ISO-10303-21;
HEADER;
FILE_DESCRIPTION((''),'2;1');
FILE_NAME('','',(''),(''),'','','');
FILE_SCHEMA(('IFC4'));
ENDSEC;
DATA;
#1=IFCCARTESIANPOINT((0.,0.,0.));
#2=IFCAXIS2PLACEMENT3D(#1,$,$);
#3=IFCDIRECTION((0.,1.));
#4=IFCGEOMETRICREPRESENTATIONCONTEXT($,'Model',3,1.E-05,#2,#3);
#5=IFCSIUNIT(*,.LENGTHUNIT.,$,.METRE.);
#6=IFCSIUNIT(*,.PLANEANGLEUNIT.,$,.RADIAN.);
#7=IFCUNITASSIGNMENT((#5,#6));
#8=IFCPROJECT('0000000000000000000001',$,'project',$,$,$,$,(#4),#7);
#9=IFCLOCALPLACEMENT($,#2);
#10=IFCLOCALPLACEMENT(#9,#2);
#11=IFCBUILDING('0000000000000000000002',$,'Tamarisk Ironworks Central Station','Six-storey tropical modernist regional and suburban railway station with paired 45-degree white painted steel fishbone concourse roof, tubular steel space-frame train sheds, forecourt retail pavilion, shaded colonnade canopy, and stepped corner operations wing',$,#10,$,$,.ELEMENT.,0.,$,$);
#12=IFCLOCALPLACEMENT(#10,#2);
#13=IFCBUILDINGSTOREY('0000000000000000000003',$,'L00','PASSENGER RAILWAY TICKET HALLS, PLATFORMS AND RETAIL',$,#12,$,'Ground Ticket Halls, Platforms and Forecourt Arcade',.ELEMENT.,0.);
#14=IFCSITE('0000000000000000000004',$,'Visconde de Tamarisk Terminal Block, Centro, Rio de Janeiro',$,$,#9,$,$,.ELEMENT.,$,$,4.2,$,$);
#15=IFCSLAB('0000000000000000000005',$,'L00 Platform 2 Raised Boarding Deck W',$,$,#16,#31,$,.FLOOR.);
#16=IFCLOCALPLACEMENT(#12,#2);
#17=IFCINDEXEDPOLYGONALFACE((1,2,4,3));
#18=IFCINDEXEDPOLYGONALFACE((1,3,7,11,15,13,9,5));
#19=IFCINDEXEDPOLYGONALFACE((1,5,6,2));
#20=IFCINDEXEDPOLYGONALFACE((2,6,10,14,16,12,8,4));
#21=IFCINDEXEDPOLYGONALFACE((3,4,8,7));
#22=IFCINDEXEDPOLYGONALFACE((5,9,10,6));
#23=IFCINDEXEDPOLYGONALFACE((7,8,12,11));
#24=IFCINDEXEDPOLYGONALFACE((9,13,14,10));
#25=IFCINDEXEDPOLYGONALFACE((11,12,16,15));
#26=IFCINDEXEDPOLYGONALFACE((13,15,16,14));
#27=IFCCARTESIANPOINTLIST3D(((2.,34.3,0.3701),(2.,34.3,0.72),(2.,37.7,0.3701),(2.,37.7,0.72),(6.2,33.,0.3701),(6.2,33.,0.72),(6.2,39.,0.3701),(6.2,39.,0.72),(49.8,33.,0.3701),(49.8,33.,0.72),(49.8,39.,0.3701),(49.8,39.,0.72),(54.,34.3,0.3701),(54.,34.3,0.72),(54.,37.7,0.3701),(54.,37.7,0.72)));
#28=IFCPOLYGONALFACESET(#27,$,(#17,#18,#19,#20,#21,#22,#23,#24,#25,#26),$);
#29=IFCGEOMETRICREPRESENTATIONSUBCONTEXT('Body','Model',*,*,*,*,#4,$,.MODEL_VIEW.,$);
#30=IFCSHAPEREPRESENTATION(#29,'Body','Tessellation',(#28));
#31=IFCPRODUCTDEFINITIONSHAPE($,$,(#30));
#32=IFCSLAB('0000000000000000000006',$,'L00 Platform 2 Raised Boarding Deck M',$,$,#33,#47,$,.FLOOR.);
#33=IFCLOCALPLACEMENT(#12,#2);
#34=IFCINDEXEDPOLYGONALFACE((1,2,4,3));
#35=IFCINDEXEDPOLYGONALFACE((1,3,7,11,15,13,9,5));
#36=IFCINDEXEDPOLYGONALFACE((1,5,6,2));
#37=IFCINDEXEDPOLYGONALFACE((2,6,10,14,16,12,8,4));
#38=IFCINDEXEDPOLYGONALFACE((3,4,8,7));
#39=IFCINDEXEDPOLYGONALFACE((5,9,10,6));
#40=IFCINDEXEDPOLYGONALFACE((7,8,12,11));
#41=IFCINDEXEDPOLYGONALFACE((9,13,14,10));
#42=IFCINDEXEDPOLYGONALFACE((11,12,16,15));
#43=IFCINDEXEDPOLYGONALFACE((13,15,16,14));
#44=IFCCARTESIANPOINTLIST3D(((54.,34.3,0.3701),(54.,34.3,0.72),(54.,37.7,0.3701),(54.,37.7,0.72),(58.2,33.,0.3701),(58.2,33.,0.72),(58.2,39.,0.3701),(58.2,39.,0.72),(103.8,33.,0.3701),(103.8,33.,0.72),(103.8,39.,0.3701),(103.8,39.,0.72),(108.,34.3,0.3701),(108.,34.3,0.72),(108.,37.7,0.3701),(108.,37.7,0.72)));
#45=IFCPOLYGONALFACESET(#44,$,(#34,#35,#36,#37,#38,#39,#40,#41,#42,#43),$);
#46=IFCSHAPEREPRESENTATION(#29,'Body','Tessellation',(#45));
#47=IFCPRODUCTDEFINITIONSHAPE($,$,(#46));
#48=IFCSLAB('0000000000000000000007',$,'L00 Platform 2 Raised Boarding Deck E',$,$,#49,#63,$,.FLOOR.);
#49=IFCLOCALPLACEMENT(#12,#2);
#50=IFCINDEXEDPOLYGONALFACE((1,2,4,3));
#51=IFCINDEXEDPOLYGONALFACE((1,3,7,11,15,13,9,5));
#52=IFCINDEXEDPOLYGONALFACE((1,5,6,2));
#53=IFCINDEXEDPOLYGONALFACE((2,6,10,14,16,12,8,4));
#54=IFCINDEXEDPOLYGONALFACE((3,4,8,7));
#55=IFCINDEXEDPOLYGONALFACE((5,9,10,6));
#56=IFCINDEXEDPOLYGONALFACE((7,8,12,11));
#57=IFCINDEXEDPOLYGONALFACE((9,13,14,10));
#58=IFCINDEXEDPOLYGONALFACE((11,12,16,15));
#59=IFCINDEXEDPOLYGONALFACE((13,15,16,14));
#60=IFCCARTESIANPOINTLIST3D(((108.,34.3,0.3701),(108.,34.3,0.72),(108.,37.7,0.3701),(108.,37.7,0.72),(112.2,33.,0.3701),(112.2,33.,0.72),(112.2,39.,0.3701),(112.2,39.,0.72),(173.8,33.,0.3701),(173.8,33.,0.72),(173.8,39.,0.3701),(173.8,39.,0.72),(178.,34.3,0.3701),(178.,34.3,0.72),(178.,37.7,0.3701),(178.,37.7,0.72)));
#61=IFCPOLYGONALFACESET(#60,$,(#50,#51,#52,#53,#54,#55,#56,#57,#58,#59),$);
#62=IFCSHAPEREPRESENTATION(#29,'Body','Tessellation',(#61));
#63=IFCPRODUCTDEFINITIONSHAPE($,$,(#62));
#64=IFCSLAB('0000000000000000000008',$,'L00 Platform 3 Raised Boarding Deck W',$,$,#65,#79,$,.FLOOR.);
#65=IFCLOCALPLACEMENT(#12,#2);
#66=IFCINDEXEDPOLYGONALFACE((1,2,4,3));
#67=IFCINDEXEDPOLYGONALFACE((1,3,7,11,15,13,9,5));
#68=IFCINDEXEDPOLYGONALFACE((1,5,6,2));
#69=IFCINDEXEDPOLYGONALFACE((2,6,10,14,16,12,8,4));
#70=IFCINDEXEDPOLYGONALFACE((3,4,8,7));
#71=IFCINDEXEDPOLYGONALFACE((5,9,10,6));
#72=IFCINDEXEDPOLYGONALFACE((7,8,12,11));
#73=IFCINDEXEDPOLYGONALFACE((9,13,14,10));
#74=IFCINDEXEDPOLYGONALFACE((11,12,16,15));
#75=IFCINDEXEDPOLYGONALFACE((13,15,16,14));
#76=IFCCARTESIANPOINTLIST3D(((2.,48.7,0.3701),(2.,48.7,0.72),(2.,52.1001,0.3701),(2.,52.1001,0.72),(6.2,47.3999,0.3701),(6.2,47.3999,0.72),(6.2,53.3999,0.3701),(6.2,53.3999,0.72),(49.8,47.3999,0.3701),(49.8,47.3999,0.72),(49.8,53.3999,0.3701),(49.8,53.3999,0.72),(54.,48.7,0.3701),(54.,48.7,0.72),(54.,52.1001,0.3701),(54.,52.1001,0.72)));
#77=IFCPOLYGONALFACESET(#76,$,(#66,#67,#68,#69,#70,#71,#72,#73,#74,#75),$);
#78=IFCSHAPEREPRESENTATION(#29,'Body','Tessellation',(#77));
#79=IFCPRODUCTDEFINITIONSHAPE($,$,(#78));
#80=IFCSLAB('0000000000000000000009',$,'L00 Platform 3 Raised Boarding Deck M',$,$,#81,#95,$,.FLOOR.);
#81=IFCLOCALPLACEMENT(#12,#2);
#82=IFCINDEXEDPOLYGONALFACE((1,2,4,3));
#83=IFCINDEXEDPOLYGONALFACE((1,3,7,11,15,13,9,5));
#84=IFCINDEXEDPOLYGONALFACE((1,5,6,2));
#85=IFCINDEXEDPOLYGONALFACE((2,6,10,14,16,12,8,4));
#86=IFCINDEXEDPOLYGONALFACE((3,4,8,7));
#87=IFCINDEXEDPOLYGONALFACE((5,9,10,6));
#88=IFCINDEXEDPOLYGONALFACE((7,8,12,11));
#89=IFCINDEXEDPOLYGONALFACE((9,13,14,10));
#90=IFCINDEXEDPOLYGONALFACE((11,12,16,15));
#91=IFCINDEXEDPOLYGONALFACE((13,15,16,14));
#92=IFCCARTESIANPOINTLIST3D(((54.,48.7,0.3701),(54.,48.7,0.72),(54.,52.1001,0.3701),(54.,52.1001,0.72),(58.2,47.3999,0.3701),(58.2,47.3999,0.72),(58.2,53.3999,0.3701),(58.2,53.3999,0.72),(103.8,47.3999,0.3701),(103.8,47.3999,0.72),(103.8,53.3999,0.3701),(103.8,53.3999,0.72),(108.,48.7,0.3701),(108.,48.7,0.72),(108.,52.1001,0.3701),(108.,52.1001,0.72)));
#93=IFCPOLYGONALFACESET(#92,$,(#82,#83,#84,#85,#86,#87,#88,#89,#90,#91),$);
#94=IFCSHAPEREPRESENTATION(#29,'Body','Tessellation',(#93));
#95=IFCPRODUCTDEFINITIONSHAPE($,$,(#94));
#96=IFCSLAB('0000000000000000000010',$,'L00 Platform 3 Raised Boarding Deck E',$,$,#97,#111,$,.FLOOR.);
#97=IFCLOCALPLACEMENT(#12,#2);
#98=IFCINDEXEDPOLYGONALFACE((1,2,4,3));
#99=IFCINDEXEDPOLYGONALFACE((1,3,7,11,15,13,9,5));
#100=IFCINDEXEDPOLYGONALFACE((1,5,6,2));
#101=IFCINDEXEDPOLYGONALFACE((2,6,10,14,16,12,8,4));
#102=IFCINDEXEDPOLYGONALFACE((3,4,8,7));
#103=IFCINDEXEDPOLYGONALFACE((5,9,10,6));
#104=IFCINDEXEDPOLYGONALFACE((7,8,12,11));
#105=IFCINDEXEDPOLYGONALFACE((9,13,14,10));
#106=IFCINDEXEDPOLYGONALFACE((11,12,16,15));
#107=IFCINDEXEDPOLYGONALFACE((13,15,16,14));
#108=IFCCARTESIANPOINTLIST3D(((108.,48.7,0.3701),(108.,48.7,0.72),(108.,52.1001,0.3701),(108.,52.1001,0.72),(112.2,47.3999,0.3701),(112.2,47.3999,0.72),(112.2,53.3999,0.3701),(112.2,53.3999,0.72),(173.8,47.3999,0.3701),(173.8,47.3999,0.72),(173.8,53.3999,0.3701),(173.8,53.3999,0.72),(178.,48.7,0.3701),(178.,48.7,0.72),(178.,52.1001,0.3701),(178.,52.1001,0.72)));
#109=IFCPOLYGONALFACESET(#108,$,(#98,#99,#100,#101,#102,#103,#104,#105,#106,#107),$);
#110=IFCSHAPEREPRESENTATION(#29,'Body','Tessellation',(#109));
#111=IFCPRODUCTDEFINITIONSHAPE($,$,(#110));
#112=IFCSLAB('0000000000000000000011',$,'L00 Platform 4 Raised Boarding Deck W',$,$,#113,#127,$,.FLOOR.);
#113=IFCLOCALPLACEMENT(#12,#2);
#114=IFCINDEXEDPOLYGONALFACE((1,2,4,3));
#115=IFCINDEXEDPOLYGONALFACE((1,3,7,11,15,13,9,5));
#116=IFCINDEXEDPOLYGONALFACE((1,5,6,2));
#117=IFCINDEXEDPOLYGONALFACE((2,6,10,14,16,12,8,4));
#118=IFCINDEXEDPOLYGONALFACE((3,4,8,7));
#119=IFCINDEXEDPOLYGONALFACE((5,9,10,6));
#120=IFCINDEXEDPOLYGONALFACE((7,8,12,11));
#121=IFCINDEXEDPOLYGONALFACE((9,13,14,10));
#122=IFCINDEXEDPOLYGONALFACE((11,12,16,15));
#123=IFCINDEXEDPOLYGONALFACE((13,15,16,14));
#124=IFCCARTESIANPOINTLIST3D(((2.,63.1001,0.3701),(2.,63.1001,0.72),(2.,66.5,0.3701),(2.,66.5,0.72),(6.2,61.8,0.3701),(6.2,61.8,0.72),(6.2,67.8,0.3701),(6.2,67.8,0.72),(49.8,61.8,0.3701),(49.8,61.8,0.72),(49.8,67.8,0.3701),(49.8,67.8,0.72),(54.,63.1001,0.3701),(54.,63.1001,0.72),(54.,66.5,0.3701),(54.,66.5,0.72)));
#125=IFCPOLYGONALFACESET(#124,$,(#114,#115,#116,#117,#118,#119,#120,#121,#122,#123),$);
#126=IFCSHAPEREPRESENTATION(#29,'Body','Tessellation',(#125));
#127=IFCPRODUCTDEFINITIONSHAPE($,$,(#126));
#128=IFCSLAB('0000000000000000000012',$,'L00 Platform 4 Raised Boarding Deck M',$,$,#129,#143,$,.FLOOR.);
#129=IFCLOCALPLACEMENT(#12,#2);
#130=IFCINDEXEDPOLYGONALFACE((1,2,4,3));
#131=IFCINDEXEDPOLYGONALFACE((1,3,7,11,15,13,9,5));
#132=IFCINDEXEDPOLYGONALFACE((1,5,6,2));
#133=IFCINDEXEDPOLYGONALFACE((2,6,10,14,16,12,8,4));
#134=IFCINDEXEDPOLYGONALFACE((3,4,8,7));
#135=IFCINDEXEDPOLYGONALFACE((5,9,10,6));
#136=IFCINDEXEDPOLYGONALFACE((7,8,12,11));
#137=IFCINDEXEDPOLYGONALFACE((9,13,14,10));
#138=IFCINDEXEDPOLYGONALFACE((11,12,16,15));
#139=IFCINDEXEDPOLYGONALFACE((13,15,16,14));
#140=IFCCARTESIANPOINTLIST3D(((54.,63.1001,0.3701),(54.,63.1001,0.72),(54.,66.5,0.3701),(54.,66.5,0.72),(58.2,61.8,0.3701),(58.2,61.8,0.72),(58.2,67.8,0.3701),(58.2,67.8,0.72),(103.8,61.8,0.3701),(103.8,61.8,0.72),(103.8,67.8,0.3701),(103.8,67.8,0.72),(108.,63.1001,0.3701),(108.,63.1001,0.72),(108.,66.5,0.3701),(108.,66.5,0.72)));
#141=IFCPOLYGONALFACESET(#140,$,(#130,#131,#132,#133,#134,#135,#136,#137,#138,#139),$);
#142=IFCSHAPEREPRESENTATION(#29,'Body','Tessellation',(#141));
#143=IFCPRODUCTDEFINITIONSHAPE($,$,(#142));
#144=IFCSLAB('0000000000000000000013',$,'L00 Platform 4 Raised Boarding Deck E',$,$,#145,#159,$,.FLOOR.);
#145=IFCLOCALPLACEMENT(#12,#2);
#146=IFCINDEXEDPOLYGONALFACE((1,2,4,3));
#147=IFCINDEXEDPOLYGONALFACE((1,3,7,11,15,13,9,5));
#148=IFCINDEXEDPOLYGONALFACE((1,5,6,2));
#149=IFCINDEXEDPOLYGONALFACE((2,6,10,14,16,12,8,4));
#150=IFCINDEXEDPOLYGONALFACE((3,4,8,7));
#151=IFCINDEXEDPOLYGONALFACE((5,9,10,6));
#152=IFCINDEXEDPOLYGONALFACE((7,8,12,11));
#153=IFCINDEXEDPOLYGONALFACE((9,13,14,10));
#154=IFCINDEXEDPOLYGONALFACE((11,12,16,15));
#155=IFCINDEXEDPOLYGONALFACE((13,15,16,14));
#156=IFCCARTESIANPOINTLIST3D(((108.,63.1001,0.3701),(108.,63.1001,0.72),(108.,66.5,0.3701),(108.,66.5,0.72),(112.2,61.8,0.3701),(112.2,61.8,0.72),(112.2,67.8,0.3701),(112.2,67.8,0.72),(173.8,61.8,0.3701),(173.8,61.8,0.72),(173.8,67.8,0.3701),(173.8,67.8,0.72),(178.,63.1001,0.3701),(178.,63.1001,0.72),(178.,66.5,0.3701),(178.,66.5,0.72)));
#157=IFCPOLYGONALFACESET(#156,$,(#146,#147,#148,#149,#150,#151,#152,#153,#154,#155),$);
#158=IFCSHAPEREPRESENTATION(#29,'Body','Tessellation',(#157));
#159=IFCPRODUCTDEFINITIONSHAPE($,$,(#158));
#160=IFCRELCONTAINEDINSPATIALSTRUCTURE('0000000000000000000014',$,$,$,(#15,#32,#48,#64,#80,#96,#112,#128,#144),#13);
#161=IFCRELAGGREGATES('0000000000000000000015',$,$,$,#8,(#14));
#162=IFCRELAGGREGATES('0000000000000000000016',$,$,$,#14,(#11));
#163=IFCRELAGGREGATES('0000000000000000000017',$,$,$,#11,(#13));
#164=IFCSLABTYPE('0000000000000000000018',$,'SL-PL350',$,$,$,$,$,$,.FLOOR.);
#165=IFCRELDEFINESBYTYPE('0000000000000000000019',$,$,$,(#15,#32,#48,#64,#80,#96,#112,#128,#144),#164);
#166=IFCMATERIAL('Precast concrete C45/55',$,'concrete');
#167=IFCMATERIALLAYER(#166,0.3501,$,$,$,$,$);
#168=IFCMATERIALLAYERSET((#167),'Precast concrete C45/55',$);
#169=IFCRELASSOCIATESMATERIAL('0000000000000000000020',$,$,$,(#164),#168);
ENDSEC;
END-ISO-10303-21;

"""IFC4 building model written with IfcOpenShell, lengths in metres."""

from ifc_helpers import new_model, si_unit, direction, frame, origin, place, context, subcontext, project, spatial, polyline, outline, extrude, material, layer, layer_set, type_object, element, save


model = new_model("IFC4")

# Units and contexts
model_context = context("Model", 3, precision=1e-05, world=origin(), true_north=direction((0.0, 1.0)))
body_context = subcontext(model_context, "Body", "Model", "MODEL_VIEW")
ifc_project = project(units=[si_unit("LENGTHUNIT", "METRE"), si_unit("PLANEANGLEUNIT", "RADIAN")], contexts=[model_context])

# Site, building, storey
site_placement = place(None, origin())
site = spatial("IfcSite", under=ifc_project, at=site_placement, Name="Visconde de Tamarisk Terminal Block, Centro, Rio de Janeiro", CompositionType="ELEMENT", RefElevation=4.2)
building_placement = place(site_placement, origin())
building = spatial("IfcBuilding", under=site, at=building_placement, Name="Tamarisk Ironworks Central Station", Description="Six-storey tropical modernist regional and suburban railway station with paired 45-degree white painted steel fishbone concourse roof, tubular steel space-frame train sheds, forecourt retail pavilion, shaded colonnade canopy, and stepped corner operations wing", CompositionType="ELEMENT", ElevationOfRefHeight=0.0)
storey_placement = place(building_placement, origin())
storey = spatial("IfcBuildingStorey", under=building, at=storey_placement, Name="L00", Description="PASSENGER RAILWAY TICKET HALLS, PLATFORMS AND RETAIL", LongName="Ground Ticket Halls, Platforms and Forecourt Arcade", CompositionType="ELEMENT", Elevation=0.0)

# Slabs
ifc_material_1 = material(Name="Precast concrete C45/55", Category="concrete")
ifc_layer_1 = layer(ifc_material_1, 0.3501)
ifc_layer_set_1 = layer_set([ifc_layer_1], Name="Precast concrete C45/55")
slab_type_1 = type_object("IfcSlabType", Name="SL-PL350", PredefinedType="FLOOR", material=ifc_layer_set_1)
slab_1_placement = place(storey_placement, frame((0.0, 0.0, 0.3701)))
element("IfcSlab", 1, at=slab_1_placement, inside=storey, type_object=slab_type_1, Name="L00 Platform 2 Raised Boarding Deck W", PredefinedType="FLOOR", context=body_context, shape_type="SweptSolid", body=[
    extrude(outline(polyline([(6.2, 33.0), (49.8, 33.0), (54.0, 34.3), (54.0, 37.7), (49.8, 39.0), (6.2, 39.0), (2.0, 37.7), (2.0, 34.3), (6.2, 33.0)])), origin(), (0.0, 0.0, 1.0), 0.3499),
])
slab_2_placement = place(storey_placement, frame((0.0, 0.0, 0.3701)))
element("IfcSlab", 2, at=slab_2_placement, inside=storey, type_object=slab_type_1, Name="L00 Platform 2 Raised Boarding Deck M", PredefinedType="FLOOR", context=body_context, shape_type="SweptSolid", body=[
    extrude(outline(polyline([(58.2, 33.0), (103.8, 33.0), (108.0, 34.3), (108.0, 37.7), (103.8, 39.0), (58.2, 39.0), (54.0, 37.7), (54.0, 34.3), (58.2, 33.0)])), origin(), (0.0, 0.0, 1.0), 0.3499),
])
slab_3_placement = place(storey_placement, frame((0.0, 0.0, 0.3701)))
element("IfcSlab", 3, at=slab_3_placement, inside=storey, type_object=slab_type_1, Name="L00 Platform 2 Raised Boarding Deck E", PredefinedType="FLOOR", context=body_context, shape_type="SweptSolid", body=[
    extrude(outline(polyline([(112.2, 33.0), (173.8, 33.0), (178.0, 34.3), (178.0, 37.7), (173.8, 39.0), (112.2, 39.0), (108.0, 37.7), (108.0, 34.3), (112.2, 33.0)])), origin(), (0.0, 0.0, 1.0), 0.3499),
])
slab_4_placement = place(storey_placement, frame((0.0, 0.0, 0.3701)))
element("IfcSlab", 4, at=slab_4_placement, inside=storey, type_object=slab_type_1, Name="L00 Platform 3 Raised Boarding Deck W", PredefinedType="FLOOR", context=body_context, shape_type="SweptSolid", body=[
    extrude(outline(polyline([(6.2, 47.3999), (49.8, 47.3999), (54.0, 48.7), (54.0, 52.1001), (49.8, 53.3999), (6.2, 53.3999), (2.0, 52.1001), (2.0, 48.7), (6.2, 47.3999)])), origin(), (0.0, 0.0, 1.0), 0.3499),
])
slab_5_placement = place(storey_placement, frame((0.0, 0.0, 0.3701)))
element("IfcSlab", 5, at=slab_5_placement, inside=storey, type_object=slab_type_1, Name="L00 Platform 3 Raised Boarding Deck M", PredefinedType="FLOOR", context=body_context, shape_type="SweptSolid", body=[
    extrude(outline(polyline([(58.2, 47.3999), (103.8, 47.3999), (108.0, 48.7), (108.0, 52.1001), (103.8, 53.3999), (58.2, 53.3999), (54.0, 52.1001), (54.0, 48.7), (58.2, 47.3999)])), origin(), (0.0, 0.0, 1.0), 0.3499),
])
slab_6_placement = place(storey_placement, frame((0.0, 0.0, 0.3701)))
element("IfcSlab", 6, at=slab_6_placement, inside=storey, type_object=slab_type_1, Name="L00 Platform 3 Raised Boarding Deck E", PredefinedType="FLOOR", context=body_context, shape_type="SweptSolid", body=[
    extrude(outline(polyline([(112.2, 47.3999), (173.8, 47.3999), (178.0, 48.7), (178.0, 52.1001), (173.8, 53.3999), (112.2, 53.3999), (108.0, 52.1001), (108.0, 48.7), (112.2, 47.3999)])), origin(), (0.0, 0.0, 1.0), 0.3499),
])
slab_7_placement = place(storey_placement, frame((0.0, 0.0, 0.3701)))
element("IfcSlab", 7, at=slab_7_placement, inside=storey, type_object=slab_type_1, Name="L00 Platform 4 Raised Boarding Deck W", PredefinedType="FLOOR", context=body_context, shape_type="SweptSolid", body=[
    extrude(outline(polyline([(6.2, 61.8), (49.8, 61.8), (54.0, 63.1001), (54.0, 66.5), (49.8, 67.8), (6.2, 67.8), (2.0, 66.5), (2.0, 63.1001), (6.2, 61.8)])), origin(), (0.0, 0.0, 1.0), 0.3499),
])
slab_8_placement = place(storey_placement, frame((0.0, 0.0, 0.3701)))
element("IfcSlab", 8, at=slab_8_placement, inside=storey, type_object=slab_type_1, Name="L00 Platform 4 Raised Boarding Deck M", PredefinedType="FLOOR", context=body_context, shape_type="SweptSolid", body=[
    extrude(outline(polyline([(58.2, 61.8), (103.8, 61.8), (108.0, 63.1001), (108.0, 66.5), (103.8, 67.8), (58.2, 67.8), (54.0, 66.5), (54.0, 63.1001), (58.2, 61.8)])), origin(), (0.0, 0.0, 1.0), 0.3499),
])
slab_9_placement = place(storey_placement, frame((0.0, 0.0, 0.3701)))
element("IfcSlab", 9, at=slab_9_placement, inside=storey, type_object=slab_type_1, Name="L00 Platform 4 Raised Boarding Deck E", PredefinedType="FLOOR", context=body_context, shape_type="SweptSolid", body=[
    extrude(outline(polyline([(112.2, 61.8), (173.8, 61.8), (178.0, 63.1001), (178.0, 66.5), (173.8, 67.8), (112.2, 67.8), (108.0, 66.5), (108.0, 63.1001), (112.2, 61.8)])), origin(), (0.0, 0.0, 1.0), 0.3499),
])

save(model, "model.ifc")
